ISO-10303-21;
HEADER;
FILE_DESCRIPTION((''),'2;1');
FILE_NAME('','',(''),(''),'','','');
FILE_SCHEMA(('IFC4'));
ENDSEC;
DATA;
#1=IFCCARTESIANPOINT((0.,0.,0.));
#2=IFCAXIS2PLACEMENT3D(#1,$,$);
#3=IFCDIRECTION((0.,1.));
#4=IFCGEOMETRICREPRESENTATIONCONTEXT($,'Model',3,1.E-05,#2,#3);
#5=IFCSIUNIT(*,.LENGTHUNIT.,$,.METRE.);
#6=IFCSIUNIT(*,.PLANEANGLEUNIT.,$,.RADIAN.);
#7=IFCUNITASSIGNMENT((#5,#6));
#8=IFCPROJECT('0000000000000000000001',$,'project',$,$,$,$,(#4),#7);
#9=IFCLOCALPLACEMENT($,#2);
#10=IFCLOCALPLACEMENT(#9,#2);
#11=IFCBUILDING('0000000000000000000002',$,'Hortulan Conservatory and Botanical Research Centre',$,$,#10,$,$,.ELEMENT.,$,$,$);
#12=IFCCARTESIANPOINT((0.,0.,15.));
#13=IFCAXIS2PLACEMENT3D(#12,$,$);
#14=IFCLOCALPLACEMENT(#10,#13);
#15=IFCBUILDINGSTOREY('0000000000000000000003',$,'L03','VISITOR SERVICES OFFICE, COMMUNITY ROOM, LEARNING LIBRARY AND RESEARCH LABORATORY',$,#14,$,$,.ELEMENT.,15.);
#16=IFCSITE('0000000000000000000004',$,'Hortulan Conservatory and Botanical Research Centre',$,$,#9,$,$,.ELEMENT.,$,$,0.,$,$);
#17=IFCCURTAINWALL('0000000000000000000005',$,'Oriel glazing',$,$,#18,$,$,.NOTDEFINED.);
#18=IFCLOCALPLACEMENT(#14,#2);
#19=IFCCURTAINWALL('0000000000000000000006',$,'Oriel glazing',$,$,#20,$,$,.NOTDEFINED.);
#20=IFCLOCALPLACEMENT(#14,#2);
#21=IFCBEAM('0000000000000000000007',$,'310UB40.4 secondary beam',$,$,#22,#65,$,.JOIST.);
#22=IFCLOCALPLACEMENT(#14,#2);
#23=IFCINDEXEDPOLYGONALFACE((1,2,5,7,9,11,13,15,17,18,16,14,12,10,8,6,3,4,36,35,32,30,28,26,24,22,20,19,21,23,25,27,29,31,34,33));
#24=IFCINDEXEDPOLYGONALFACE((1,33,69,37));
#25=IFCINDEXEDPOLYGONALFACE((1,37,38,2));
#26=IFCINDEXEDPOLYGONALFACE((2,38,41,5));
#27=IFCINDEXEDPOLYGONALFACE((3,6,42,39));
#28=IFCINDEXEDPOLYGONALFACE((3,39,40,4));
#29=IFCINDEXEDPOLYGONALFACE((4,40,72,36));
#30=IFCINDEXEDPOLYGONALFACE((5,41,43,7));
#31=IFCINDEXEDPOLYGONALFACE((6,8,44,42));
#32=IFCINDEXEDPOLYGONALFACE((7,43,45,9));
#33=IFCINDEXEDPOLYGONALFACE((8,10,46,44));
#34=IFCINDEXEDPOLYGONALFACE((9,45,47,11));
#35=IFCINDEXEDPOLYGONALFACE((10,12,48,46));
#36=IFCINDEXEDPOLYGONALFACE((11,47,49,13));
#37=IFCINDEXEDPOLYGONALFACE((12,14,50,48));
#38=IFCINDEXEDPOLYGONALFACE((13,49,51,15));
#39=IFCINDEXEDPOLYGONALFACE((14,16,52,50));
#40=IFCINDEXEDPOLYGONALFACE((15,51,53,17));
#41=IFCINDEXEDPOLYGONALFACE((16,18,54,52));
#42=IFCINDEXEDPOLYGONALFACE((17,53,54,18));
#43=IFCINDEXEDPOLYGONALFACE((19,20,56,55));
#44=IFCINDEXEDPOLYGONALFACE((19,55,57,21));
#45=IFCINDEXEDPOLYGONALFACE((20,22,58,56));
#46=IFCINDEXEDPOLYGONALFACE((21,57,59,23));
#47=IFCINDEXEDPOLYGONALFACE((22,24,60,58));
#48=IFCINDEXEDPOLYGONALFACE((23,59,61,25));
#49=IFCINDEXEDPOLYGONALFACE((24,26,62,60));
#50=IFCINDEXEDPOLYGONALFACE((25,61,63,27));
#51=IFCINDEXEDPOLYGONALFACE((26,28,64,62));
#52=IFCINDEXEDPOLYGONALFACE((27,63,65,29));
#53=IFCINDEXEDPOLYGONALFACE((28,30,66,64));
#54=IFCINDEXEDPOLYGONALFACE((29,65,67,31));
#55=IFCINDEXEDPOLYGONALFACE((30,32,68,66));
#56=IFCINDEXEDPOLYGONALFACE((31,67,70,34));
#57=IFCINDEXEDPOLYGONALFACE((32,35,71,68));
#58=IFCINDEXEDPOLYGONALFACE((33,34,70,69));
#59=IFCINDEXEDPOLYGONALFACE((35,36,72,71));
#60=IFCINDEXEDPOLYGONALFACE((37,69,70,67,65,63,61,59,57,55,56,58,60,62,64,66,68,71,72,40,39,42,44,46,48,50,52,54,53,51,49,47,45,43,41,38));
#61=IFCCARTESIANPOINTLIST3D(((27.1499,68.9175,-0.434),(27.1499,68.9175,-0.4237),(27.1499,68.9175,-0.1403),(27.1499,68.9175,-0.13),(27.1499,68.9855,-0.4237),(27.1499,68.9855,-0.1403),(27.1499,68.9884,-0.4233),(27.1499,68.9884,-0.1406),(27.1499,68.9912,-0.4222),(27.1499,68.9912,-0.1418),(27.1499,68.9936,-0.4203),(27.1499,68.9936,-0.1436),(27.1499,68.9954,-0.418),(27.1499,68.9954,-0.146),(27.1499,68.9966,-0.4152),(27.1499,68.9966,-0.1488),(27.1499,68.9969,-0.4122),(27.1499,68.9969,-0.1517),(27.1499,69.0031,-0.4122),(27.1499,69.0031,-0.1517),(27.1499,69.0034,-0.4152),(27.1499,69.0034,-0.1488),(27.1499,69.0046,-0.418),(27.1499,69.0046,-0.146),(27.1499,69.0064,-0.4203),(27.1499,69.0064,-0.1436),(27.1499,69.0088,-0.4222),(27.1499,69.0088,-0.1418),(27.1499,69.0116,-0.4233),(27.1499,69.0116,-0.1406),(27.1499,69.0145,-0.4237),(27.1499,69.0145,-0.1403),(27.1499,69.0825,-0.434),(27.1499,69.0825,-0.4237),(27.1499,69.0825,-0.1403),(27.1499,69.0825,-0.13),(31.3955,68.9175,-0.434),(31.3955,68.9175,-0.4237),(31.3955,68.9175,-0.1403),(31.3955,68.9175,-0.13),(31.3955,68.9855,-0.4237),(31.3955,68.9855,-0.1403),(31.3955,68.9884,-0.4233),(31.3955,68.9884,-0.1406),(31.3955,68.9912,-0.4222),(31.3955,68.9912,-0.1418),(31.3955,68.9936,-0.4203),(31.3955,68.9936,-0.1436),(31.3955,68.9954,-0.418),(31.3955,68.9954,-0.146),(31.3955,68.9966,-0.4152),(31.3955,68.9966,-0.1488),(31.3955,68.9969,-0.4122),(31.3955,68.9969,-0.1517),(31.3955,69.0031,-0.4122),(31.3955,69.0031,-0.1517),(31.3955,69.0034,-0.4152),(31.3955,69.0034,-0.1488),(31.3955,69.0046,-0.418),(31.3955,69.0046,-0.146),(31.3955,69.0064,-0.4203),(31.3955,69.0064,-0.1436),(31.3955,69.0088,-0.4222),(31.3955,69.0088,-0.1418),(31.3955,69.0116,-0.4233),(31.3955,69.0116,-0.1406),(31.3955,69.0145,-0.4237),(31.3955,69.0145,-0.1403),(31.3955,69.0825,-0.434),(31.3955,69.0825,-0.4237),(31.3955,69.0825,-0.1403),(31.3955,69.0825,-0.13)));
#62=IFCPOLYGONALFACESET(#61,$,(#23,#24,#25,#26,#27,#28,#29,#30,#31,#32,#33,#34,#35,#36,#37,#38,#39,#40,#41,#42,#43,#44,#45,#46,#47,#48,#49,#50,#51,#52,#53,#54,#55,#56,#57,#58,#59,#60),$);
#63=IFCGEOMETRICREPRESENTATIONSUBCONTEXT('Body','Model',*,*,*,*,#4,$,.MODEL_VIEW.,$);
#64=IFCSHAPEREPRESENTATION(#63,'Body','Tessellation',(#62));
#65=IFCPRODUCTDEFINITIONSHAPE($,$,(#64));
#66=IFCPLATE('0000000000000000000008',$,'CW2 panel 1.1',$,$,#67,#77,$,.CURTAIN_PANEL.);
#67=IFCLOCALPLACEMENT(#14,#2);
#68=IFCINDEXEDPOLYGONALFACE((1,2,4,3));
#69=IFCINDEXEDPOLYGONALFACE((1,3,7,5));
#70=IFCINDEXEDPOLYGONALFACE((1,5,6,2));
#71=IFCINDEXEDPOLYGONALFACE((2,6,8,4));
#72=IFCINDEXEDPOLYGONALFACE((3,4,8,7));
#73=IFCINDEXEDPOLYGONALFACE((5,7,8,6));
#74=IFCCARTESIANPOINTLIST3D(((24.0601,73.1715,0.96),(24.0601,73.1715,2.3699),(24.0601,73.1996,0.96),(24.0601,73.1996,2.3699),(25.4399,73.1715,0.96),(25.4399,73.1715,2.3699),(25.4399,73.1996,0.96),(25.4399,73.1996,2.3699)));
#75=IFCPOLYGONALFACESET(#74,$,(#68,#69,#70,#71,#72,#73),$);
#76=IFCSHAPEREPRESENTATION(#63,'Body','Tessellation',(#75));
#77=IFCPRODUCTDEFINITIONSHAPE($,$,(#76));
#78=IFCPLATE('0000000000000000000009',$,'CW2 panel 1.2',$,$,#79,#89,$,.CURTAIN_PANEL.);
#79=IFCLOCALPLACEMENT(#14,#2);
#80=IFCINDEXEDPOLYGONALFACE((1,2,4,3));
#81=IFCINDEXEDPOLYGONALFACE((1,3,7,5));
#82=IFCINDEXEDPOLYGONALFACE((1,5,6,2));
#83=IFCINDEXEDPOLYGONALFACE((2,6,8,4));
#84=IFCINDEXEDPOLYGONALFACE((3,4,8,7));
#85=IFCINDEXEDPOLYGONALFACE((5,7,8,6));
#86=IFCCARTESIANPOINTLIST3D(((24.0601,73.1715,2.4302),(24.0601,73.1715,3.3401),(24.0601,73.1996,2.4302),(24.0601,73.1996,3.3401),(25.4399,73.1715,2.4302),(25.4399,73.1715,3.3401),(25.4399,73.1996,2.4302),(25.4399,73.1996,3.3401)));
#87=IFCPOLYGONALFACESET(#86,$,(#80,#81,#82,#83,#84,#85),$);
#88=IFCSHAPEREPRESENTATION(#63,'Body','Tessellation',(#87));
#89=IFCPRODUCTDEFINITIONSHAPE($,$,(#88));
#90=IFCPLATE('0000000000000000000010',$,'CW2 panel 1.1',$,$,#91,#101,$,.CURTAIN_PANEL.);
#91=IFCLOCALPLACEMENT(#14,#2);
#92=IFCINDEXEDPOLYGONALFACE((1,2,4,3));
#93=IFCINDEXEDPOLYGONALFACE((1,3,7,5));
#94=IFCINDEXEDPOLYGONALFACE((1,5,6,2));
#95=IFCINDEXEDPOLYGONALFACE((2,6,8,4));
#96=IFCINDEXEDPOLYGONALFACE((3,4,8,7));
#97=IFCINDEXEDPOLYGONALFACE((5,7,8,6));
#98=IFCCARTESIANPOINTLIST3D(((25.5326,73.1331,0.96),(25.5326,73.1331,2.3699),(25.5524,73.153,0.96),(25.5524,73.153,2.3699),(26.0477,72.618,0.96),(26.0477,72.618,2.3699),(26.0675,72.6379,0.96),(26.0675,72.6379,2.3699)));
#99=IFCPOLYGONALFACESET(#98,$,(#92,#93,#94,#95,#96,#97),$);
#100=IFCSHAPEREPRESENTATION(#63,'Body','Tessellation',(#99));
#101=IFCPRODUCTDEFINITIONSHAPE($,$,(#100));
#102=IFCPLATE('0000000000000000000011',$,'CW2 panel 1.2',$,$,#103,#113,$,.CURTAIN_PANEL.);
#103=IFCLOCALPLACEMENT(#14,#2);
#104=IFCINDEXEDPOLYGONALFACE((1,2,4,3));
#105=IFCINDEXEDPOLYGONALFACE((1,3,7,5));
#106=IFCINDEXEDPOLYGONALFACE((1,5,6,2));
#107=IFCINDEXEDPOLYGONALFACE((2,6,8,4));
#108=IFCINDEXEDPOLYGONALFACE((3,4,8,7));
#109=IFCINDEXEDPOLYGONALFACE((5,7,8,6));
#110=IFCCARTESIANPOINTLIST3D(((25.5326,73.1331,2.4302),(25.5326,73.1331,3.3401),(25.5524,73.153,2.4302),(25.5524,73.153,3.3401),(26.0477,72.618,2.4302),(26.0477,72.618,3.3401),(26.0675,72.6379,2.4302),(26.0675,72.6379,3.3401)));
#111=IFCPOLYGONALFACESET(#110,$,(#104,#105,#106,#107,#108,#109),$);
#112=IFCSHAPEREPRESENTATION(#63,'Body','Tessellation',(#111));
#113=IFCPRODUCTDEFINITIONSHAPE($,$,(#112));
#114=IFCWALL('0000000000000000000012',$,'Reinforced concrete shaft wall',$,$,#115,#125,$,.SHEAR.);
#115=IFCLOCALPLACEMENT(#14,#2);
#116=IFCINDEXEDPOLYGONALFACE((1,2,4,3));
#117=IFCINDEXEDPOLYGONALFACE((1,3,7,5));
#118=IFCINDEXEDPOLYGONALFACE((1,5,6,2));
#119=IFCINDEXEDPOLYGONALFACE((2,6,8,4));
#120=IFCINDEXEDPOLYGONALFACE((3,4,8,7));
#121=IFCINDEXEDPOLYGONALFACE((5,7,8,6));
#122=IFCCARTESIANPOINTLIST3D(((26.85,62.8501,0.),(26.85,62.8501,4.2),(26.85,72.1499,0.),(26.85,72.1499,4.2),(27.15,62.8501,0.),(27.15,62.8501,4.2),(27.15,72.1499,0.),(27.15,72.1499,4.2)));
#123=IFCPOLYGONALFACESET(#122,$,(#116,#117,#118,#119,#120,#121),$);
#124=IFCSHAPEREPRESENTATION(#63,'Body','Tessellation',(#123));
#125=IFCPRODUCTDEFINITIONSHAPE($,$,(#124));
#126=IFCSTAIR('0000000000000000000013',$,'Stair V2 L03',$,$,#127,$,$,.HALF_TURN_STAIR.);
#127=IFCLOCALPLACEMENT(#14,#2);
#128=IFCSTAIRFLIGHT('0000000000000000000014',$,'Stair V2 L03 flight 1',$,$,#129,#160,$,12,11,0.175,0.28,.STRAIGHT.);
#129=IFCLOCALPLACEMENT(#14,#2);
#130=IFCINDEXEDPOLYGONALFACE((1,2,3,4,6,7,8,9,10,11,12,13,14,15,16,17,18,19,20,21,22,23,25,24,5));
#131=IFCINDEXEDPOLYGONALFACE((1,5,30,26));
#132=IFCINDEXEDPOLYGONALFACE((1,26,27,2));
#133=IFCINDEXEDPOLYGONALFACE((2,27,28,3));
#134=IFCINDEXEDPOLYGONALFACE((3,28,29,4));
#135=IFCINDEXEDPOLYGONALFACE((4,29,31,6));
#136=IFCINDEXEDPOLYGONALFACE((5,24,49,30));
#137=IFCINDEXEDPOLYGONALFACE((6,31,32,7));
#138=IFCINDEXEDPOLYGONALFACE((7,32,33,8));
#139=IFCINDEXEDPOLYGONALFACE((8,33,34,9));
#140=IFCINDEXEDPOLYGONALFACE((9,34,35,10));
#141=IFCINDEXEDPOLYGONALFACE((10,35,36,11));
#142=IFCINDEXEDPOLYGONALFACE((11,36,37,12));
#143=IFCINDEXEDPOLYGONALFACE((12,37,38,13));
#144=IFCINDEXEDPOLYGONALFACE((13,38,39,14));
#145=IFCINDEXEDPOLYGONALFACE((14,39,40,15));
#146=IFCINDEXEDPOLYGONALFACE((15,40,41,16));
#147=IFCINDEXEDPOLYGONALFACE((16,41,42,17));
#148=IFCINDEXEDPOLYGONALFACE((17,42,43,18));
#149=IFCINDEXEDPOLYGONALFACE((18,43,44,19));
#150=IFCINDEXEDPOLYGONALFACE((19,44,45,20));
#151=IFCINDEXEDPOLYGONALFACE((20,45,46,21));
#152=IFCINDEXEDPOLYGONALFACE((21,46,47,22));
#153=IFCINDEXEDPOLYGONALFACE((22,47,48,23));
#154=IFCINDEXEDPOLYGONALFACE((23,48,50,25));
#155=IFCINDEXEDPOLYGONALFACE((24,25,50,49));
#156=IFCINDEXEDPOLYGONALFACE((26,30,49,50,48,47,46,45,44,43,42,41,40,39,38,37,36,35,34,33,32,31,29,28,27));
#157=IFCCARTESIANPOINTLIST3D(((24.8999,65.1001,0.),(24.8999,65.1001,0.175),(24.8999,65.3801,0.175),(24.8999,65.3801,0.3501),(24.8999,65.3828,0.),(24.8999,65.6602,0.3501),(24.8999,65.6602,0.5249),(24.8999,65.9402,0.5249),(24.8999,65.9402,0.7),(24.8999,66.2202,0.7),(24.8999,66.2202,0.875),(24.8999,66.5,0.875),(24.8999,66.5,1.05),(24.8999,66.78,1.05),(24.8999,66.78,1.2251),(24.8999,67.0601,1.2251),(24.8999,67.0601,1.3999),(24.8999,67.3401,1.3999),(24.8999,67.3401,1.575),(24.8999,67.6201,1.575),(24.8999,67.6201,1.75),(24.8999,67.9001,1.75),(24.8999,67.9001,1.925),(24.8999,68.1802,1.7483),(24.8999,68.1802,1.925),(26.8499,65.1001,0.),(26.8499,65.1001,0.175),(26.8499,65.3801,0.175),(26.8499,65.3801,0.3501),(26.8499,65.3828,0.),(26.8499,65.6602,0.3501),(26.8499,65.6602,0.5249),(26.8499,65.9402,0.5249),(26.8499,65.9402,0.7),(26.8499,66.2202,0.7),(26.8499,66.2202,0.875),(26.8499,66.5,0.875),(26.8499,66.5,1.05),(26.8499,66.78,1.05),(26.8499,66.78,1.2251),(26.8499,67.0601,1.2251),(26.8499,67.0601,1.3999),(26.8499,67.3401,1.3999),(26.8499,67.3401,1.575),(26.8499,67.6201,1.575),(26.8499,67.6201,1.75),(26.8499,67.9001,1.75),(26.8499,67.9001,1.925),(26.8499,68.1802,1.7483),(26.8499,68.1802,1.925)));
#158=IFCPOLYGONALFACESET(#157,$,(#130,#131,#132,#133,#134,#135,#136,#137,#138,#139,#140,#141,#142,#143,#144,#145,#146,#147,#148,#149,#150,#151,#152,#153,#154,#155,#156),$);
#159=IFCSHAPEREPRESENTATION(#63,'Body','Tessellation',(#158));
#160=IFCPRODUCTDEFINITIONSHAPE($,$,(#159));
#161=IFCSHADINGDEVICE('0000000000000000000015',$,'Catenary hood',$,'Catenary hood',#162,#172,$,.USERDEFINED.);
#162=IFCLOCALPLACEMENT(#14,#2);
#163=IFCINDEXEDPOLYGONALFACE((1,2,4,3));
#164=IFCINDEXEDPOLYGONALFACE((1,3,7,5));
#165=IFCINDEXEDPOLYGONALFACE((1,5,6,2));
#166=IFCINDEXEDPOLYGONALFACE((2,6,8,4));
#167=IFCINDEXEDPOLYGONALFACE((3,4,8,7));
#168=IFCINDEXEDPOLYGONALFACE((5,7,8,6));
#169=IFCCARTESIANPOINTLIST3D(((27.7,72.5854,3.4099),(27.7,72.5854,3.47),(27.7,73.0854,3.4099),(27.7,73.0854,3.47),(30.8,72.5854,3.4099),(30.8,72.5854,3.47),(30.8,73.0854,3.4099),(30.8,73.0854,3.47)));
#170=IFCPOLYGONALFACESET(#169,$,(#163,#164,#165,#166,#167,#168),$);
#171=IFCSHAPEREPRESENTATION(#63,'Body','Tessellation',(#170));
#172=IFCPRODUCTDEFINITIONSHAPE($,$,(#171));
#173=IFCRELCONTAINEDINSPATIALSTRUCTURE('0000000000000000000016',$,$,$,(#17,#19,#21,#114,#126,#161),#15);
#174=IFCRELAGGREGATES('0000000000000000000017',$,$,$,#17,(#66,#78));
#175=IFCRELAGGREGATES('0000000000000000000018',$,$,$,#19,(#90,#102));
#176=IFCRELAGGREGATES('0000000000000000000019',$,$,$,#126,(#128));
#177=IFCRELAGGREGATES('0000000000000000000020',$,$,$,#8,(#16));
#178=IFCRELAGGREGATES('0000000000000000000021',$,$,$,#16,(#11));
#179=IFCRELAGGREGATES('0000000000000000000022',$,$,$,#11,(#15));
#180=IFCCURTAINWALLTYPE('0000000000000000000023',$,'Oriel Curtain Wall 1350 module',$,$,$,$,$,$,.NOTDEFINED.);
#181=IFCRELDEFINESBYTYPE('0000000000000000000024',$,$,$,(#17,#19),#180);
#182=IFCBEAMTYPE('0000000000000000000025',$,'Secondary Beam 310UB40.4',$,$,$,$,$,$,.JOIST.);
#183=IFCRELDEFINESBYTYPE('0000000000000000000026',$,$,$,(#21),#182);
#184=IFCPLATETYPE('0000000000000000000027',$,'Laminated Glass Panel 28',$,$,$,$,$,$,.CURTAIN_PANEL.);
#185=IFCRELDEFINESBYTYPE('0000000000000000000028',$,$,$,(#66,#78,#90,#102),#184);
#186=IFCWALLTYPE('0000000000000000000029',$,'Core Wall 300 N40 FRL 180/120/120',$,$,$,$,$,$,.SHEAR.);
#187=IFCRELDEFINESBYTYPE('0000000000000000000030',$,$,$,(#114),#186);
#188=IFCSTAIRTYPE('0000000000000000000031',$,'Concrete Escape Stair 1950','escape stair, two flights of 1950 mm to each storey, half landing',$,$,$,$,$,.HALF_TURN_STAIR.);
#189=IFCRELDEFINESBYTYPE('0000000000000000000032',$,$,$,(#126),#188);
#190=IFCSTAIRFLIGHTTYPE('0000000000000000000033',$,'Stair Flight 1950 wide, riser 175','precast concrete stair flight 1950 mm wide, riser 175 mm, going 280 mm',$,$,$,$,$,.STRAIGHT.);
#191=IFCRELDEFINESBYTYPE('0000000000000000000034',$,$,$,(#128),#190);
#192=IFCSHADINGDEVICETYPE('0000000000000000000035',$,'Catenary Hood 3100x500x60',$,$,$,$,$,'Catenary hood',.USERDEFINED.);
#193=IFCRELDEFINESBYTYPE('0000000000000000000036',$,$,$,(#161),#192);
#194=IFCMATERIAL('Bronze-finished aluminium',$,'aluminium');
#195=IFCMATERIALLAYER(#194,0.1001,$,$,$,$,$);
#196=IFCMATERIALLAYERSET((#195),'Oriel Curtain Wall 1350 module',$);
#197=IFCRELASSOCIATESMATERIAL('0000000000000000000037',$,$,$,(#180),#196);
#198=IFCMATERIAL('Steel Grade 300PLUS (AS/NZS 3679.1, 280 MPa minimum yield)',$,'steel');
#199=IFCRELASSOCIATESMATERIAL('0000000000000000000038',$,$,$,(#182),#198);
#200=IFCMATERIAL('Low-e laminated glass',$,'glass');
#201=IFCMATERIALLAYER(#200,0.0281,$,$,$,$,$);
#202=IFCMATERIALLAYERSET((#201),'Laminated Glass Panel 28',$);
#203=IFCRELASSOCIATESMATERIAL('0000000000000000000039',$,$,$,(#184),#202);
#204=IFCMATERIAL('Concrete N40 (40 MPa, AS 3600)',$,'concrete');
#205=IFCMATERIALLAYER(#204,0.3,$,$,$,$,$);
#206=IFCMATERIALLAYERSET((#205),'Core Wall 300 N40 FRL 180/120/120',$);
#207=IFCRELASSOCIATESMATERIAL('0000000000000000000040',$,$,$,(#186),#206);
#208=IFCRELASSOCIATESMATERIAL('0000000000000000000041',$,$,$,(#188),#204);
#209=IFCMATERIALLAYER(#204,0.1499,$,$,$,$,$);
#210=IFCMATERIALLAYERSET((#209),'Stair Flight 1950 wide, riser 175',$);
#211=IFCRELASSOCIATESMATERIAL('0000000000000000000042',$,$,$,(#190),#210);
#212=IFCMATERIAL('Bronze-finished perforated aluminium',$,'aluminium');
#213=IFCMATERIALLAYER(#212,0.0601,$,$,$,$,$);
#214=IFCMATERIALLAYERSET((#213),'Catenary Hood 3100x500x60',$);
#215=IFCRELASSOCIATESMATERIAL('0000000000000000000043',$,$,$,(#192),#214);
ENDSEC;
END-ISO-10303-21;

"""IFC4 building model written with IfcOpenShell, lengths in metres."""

from ifc_helpers import new_model, si_unit, direction, frame, frame_2d, origin, origin_2d, place, context, subcontext, project, spatial, polyline, rectangle, i_section, outline, extrude, material, layer, layer_set, material_profile, profile_set, type_object, element, aggregate, save


model = new_model("IFC4")

# Units and contexts
model_context = context("Model", 3, precision=1e-05, world=origin(), true_north=direction((0.0, 1.0)))
body_context = subcontext(model_context, "Body", "Model", "MODEL_VIEW")
ifc_project = project(units=[si_unit("LENGTHUNIT", "METRE"), si_unit("PLANEANGLEUNIT", "RADIAN")], contexts=[model_context])

# Site, building, storey
site_placement = place(None, origin())
site = spatial("IfcSite", under=ifc_project, at=site_placement, Name="Hortulan Conservatory and Botanical Research Centre", CompositionType="ELEMENT", RefElevation=0.0)
building_placement = place(site_placement, origin())
building = spatial("IfcBuilding", under=site, at=building_placement, Name="Hortulan Conservatory and Botanical Research Centre", CompositionType="ELEMENT")
storey_placement = place(building_placement, frame((0.0, 0.0, 15.0)))
storey = spatial("IfcBuildingStorey", under=building, at=storey_placement, Name="L03", Description="VISITOR SERVICES OFFICE, COMMUNITY ROOM, LEARNING LIBRARY AND RESEARCH LABORATORY", CompositionType="ELEMENT", Elevation=15.0)

# Shared definitions
ifc_material_1 = material(Name="Steel Grade 300PLUS (AS/NZS 3679.1, 280 MPa minimum yield)", Category="steel")

# Curtain wall
ifc_material_2 = material(Name="Bronze-finished aluminium", Category="aluminium")
ifc_layer_1 = layer(ifc_material_2, 0.1001)
ifc_layer_set_1 = layer_set([ifc_layer_1], Name="Oriel Curtain Wall 1350 module")
curtain_wall_type = type_object("IfcCurtainWallType", Name="Oriel Curtain Wall 1350 module", PredefinedType="NOTDEFINED", material=ifc_layer_set_1)
curtain_wall_1_placement = place(storey_placement, origin())
curtain_wall_1 = element("IfcCurtainWall", 1, at=curtain_wall_1_placement, inside=storey, type_object=curtain_wall_type, Name="Oriel glazing", PredefinedType="NOTDEFINED")

# Curtain wall
curtain_wall_2_placement = place(storey_placement, origin())
curtain_wall_2 = element("IfcCurtainWall", 2, at=curtain_wall_2_placement, inside=storey, type_object=curtain_wall_type, Name="Oriel glazing", PredefinedType="NOTDEFINED")

# Beam
ifc_material_profile_1 = material_profile(ifc_material_1, i_section(OverallWidth=0.165, OverallDepth=0.304, WebThickness=0.0061, FlangeThickness=0.0103, FilletRadius=0.0115, at=origin_2d()), Name="310UB40.4")
ifc_profile_set_1 = profile_set([ifc_material_profile_1], Name="Steel Grade 300PLUS (AS/NZS 3679.1, 280 MPa minimum yield)")
beam_type_1 = type_object("IfcBeamType", Name="Secondary Beam 310UB40.4", PredefinedType="JOIST", material=ifc_profile_set_1)
for number, where, z_axis, x_axis, name in (
    (3, (27.1499, 69.0, -0.282), (1.0, 0.0, 0.0), (0.0, 1.0, 0.0), "310UB40.4 secondary beam"),
):
    element("IfcBeam", number, at=place(storey_placement, frame(where, z_axis=z_axis, x_axis=x_axis)), inside=storey, type_object=beam_type_1, Name=name, PredefinedType="JOIST", context=body_context, shape_type="SweptSolid", body=[
        extrude(i_section(OverallWidth=0.165, OverallDepth=0.304, WebThickness=0.0061, FlangeThickness=0.0103, FilletRadius=0.0115, at=origin_2d()), origin(), (0.0, 0.0, 1.0), 4.2456),
    ])

# Plates
ifc_material_3 = material(Name="Low-e laminated glass", Category="glass")
ifc_layer_2 = layer(ifc_material_3, 0.0281)
ifc_layer_set_2 = layer_set([ifc_layer_2], Name="Laminated Glass Panel 28")
plate_type = type_object("IfcPlateType", Name="Laminated Glass Panel 28", PredefinedType="CURTAIN_PANEL", material=ifc_layer_set_2)
plate_1_placement = place(storey_placement, frame((24.75, 73.1855, 0.96), z_axis=(0.0, 0.0, 1.0), x_axis=(1.0, 0.0, 0.0)))
plate_1 = element("IfcPlate", 4, at=plate_1_placement, type_object=plate_type, Name="CW2 panel 1.1", PredefinedType="CURTAIN_PANEL", context=body_context, shape_type="SweptSolid", body=[
    extrude(rectangle(XDim=1.3799, YDim=0.0281, at=origin_2d()), origin(), (0.0, 0.0, 1.0), 1.4099),
])
plate_2_placement = place(storey_placement, frame((24.75, 73.1855, 2.4302), z_axis=(0.0, 0.0, 1.0), x_axis=(1.0, 0.0, 0.0)))
plate_2 = element("IfcPlate", 5, at=plate_2_placement, type_object=plate_type, Name="CW2 panel 1.2", PredefinedType="CURTAIN_PANEL", context=body_context, shape_type="SweptSolid", body=[
    extrude(rectangle(XDim=1.3799, YDim=0.0281, at=origin_2d()), origin(), (0.0, 0.0, 1.0), 0.9099),
])
aggregate(curtain_wall_1, [plate_1, plate_2])
plate_3_placement = place(storey_placement, frame((25.8, 72.8855, 0.96), z_axis=(0.0, 0.0, 1.0), x_axis=(0.707107, -0.707107, 0.0)))
plate_3 = element("IfcPlate", 6, at=plate_3_placement, type_object=plate_type, Name="CW2 panel 1.1", PredefinedType="CURTAIN_PANEL", context=body_context, shape_type="SweptSolid", body=[
    extrude(rectangle(XDim=0.7285, YDim=0.0281, at=origin_2d()), origin(), (0.0, 0.0, 1.0), 1.4099),
])
plate_4_placement = place(storey_placement, frame((25.8, 72.8855, 2.4302), z_axis=(0.0, 0.0, 1.0), x_axis=(0.707107, -0.707107, 0.0)))
plate_4 = element("IfcPlate", 7, at=plate_4_placement, type_object=plate_type, Name="CW2 panel 1.2", PredefinedType="CURTAIN_PANEL", context=body_context, shape_type="SweptSolid", body=[
    extrude(rectangle(XDim=0.7285, YDim=0.0281, at=origin_2d()), origin(), (0.0, 0.0, 1.0), 0.9099),
])
aggregate(curtain_wall_2, [plate_3, plate_4])

# Wall
ifc_material_4 = material(Name="Concrete N40 (40 MPa, AS 3600)", Category="concrete")
ifc_layer_3 = layer(ifc_material_4, 0.3)
ifc_layer_set_3 = layer_set([ifc_layer_3], Name="Core Wall 300 N40 FRL 180/120/120")
wall_type = type_object("IfcWallType", Name="Core Wall 300 N40 FRL 180/120/120", PredefinedType="SHEAR", material=ifc_layer_set_3)
wall_placement = place(storey_placement, frame((27.0, 62.8501, 0.0), z_axis=(0.0, 0.0, 1.0), x_axis=(0.0, 1.0, 0.0)))
element("IfcWall", 8, at=wall_placement, inside=storey, type_object=wall_type, Name="Reinforced concrete shaft wall", PredefinedType="SHEAR", context=body_context, shape_type="SweptSolid", body=[
    extrude(rectangle(XDim=9.2998, YDim=0.3, at=frame_2d((4.6499, 0.0))), origin(), (0.0, 0.0, 1.0), 4.2),
])

# Stair, stair flight
stair_type = type_object("IfcStairType", Name="Concrete Escape Stair 1950", Description="escape stair, two flights of 1950 mm to each storey, half landing", PredefinedType="HALF_TURN_STAIR", material=ifc_material_4)
stair_placement = place(storey_placement, origin())
stair = element("IfcStair", 9, at=stair_placement, inside=storey, type_object=stair_type, Name="Stair V2 L03", PredefinedType="HALF_TURN_STAIR")
ifc_layer_4 = layer(ifc_material_4, 0.1499)
ifc_layer_set_4 = layer_set([ifc_layer_4], Name="Stair Flight 1950 wide, riser 175")
stair_flight_type = type_object("IfcStairFlightType", Name="Stair Flight 1950 wide, riser 175", Description="precast concrete stair flight 1950 mm wide, riser 175 mm, going 280 mm", PredefinedType="STRAIGHT", material=ifc_layer_set_4)
stair_flight_placement = place(storey_placement, frame((25.875, 65.1001, 0.0), z_axis=(0.0, 0.0, 1.0), x_axis=(0.0, 1.0, 0.0)))
stair_flight = element("IfcStairFlight", 10, at=stair_flight_placement, type_object=stair_flight_type, Name="Stair V2 L03 flight 1", NumberOfRisers=12, NumberOfTreads=11, PredefinedType="STRAIGHT", RiserHeight=0.175, TreadLength=0.28, context=body_context, shape_type="SweptSolid", body=[
    extrude(outline(polyline([(0.0, 0.0), (0.0, 0.175), (0.28, 0.175), (0.28, 0.3501), (0.5601, 0.3501), (0.5601, 0.5249), (0.8401, 0.5249), (0.8401, 0.7), (1.1201, 0.7), (1.1201, 0.875), (1.3999, 0.875), (1.3999, 1.05), (1.6799, 1.05), (1.6799, 1.2251), (1.96, 1.2251), (1.96, 1.3999), (2.24, 1.3999), (2.24, 1.575), (2.52, 1.575), (2.52, 1.75), (2.8, 1.75), (2.8, 1.925), (3.0801, 1.925), (3.0801, 2.1001), (3.0801, 1.7483), (0.2827, 0.0), (0.0, 0.0)])), frame((0.0, 0.9751, 0.0), z_axis=(0.0, -1.0, 0.0), x_axis=(1.0, 0.0, 0.0)), (0.0, 0.0, 1.0), 1.95),
])
aggregate(stair, [stair_flight])

# Shading device
ifc_material_5 = material(Name="Bronze-finished perforated aluminium", Category="aluminium")
ifc_layer_5 = layer(ifc_material_5, 0.0601)
ifc_layer_set_5 = layer_set([ifc_layer_5], Name="Catenary Hood 3100x500x60")
shading_device_type = type_object("IfcShadingDeviceType", Name="Catenary Hood 3100x500x60", ElementType="Catenary hood", PredefinedType="USERDEFINED", material=ifc_layer_set_5)
shading_device_placement = place(storey_placement, frame((29.25, 72.8354, 3.4099), z_axis=(0.0, 0.0, 1.0), x_axis=(1.0, 0.0, 0.0)))
element("IfcShadingDevice", 11, at=shading_device_placement, inside=storey, type_object=shading_device_type, Name="Catenary hood", ObjectType="Catenary hood", PredefinedType="USERDEFINED", context=body_context, shape_type="SweptSolid", body=[
    extrude(rectangle(XDim=3.1001, YDim=0.5, at=origin_2d()), origin(), (0.0, 0.0, 1.0), 0.0601),
])

save(model, "model.ifc")
